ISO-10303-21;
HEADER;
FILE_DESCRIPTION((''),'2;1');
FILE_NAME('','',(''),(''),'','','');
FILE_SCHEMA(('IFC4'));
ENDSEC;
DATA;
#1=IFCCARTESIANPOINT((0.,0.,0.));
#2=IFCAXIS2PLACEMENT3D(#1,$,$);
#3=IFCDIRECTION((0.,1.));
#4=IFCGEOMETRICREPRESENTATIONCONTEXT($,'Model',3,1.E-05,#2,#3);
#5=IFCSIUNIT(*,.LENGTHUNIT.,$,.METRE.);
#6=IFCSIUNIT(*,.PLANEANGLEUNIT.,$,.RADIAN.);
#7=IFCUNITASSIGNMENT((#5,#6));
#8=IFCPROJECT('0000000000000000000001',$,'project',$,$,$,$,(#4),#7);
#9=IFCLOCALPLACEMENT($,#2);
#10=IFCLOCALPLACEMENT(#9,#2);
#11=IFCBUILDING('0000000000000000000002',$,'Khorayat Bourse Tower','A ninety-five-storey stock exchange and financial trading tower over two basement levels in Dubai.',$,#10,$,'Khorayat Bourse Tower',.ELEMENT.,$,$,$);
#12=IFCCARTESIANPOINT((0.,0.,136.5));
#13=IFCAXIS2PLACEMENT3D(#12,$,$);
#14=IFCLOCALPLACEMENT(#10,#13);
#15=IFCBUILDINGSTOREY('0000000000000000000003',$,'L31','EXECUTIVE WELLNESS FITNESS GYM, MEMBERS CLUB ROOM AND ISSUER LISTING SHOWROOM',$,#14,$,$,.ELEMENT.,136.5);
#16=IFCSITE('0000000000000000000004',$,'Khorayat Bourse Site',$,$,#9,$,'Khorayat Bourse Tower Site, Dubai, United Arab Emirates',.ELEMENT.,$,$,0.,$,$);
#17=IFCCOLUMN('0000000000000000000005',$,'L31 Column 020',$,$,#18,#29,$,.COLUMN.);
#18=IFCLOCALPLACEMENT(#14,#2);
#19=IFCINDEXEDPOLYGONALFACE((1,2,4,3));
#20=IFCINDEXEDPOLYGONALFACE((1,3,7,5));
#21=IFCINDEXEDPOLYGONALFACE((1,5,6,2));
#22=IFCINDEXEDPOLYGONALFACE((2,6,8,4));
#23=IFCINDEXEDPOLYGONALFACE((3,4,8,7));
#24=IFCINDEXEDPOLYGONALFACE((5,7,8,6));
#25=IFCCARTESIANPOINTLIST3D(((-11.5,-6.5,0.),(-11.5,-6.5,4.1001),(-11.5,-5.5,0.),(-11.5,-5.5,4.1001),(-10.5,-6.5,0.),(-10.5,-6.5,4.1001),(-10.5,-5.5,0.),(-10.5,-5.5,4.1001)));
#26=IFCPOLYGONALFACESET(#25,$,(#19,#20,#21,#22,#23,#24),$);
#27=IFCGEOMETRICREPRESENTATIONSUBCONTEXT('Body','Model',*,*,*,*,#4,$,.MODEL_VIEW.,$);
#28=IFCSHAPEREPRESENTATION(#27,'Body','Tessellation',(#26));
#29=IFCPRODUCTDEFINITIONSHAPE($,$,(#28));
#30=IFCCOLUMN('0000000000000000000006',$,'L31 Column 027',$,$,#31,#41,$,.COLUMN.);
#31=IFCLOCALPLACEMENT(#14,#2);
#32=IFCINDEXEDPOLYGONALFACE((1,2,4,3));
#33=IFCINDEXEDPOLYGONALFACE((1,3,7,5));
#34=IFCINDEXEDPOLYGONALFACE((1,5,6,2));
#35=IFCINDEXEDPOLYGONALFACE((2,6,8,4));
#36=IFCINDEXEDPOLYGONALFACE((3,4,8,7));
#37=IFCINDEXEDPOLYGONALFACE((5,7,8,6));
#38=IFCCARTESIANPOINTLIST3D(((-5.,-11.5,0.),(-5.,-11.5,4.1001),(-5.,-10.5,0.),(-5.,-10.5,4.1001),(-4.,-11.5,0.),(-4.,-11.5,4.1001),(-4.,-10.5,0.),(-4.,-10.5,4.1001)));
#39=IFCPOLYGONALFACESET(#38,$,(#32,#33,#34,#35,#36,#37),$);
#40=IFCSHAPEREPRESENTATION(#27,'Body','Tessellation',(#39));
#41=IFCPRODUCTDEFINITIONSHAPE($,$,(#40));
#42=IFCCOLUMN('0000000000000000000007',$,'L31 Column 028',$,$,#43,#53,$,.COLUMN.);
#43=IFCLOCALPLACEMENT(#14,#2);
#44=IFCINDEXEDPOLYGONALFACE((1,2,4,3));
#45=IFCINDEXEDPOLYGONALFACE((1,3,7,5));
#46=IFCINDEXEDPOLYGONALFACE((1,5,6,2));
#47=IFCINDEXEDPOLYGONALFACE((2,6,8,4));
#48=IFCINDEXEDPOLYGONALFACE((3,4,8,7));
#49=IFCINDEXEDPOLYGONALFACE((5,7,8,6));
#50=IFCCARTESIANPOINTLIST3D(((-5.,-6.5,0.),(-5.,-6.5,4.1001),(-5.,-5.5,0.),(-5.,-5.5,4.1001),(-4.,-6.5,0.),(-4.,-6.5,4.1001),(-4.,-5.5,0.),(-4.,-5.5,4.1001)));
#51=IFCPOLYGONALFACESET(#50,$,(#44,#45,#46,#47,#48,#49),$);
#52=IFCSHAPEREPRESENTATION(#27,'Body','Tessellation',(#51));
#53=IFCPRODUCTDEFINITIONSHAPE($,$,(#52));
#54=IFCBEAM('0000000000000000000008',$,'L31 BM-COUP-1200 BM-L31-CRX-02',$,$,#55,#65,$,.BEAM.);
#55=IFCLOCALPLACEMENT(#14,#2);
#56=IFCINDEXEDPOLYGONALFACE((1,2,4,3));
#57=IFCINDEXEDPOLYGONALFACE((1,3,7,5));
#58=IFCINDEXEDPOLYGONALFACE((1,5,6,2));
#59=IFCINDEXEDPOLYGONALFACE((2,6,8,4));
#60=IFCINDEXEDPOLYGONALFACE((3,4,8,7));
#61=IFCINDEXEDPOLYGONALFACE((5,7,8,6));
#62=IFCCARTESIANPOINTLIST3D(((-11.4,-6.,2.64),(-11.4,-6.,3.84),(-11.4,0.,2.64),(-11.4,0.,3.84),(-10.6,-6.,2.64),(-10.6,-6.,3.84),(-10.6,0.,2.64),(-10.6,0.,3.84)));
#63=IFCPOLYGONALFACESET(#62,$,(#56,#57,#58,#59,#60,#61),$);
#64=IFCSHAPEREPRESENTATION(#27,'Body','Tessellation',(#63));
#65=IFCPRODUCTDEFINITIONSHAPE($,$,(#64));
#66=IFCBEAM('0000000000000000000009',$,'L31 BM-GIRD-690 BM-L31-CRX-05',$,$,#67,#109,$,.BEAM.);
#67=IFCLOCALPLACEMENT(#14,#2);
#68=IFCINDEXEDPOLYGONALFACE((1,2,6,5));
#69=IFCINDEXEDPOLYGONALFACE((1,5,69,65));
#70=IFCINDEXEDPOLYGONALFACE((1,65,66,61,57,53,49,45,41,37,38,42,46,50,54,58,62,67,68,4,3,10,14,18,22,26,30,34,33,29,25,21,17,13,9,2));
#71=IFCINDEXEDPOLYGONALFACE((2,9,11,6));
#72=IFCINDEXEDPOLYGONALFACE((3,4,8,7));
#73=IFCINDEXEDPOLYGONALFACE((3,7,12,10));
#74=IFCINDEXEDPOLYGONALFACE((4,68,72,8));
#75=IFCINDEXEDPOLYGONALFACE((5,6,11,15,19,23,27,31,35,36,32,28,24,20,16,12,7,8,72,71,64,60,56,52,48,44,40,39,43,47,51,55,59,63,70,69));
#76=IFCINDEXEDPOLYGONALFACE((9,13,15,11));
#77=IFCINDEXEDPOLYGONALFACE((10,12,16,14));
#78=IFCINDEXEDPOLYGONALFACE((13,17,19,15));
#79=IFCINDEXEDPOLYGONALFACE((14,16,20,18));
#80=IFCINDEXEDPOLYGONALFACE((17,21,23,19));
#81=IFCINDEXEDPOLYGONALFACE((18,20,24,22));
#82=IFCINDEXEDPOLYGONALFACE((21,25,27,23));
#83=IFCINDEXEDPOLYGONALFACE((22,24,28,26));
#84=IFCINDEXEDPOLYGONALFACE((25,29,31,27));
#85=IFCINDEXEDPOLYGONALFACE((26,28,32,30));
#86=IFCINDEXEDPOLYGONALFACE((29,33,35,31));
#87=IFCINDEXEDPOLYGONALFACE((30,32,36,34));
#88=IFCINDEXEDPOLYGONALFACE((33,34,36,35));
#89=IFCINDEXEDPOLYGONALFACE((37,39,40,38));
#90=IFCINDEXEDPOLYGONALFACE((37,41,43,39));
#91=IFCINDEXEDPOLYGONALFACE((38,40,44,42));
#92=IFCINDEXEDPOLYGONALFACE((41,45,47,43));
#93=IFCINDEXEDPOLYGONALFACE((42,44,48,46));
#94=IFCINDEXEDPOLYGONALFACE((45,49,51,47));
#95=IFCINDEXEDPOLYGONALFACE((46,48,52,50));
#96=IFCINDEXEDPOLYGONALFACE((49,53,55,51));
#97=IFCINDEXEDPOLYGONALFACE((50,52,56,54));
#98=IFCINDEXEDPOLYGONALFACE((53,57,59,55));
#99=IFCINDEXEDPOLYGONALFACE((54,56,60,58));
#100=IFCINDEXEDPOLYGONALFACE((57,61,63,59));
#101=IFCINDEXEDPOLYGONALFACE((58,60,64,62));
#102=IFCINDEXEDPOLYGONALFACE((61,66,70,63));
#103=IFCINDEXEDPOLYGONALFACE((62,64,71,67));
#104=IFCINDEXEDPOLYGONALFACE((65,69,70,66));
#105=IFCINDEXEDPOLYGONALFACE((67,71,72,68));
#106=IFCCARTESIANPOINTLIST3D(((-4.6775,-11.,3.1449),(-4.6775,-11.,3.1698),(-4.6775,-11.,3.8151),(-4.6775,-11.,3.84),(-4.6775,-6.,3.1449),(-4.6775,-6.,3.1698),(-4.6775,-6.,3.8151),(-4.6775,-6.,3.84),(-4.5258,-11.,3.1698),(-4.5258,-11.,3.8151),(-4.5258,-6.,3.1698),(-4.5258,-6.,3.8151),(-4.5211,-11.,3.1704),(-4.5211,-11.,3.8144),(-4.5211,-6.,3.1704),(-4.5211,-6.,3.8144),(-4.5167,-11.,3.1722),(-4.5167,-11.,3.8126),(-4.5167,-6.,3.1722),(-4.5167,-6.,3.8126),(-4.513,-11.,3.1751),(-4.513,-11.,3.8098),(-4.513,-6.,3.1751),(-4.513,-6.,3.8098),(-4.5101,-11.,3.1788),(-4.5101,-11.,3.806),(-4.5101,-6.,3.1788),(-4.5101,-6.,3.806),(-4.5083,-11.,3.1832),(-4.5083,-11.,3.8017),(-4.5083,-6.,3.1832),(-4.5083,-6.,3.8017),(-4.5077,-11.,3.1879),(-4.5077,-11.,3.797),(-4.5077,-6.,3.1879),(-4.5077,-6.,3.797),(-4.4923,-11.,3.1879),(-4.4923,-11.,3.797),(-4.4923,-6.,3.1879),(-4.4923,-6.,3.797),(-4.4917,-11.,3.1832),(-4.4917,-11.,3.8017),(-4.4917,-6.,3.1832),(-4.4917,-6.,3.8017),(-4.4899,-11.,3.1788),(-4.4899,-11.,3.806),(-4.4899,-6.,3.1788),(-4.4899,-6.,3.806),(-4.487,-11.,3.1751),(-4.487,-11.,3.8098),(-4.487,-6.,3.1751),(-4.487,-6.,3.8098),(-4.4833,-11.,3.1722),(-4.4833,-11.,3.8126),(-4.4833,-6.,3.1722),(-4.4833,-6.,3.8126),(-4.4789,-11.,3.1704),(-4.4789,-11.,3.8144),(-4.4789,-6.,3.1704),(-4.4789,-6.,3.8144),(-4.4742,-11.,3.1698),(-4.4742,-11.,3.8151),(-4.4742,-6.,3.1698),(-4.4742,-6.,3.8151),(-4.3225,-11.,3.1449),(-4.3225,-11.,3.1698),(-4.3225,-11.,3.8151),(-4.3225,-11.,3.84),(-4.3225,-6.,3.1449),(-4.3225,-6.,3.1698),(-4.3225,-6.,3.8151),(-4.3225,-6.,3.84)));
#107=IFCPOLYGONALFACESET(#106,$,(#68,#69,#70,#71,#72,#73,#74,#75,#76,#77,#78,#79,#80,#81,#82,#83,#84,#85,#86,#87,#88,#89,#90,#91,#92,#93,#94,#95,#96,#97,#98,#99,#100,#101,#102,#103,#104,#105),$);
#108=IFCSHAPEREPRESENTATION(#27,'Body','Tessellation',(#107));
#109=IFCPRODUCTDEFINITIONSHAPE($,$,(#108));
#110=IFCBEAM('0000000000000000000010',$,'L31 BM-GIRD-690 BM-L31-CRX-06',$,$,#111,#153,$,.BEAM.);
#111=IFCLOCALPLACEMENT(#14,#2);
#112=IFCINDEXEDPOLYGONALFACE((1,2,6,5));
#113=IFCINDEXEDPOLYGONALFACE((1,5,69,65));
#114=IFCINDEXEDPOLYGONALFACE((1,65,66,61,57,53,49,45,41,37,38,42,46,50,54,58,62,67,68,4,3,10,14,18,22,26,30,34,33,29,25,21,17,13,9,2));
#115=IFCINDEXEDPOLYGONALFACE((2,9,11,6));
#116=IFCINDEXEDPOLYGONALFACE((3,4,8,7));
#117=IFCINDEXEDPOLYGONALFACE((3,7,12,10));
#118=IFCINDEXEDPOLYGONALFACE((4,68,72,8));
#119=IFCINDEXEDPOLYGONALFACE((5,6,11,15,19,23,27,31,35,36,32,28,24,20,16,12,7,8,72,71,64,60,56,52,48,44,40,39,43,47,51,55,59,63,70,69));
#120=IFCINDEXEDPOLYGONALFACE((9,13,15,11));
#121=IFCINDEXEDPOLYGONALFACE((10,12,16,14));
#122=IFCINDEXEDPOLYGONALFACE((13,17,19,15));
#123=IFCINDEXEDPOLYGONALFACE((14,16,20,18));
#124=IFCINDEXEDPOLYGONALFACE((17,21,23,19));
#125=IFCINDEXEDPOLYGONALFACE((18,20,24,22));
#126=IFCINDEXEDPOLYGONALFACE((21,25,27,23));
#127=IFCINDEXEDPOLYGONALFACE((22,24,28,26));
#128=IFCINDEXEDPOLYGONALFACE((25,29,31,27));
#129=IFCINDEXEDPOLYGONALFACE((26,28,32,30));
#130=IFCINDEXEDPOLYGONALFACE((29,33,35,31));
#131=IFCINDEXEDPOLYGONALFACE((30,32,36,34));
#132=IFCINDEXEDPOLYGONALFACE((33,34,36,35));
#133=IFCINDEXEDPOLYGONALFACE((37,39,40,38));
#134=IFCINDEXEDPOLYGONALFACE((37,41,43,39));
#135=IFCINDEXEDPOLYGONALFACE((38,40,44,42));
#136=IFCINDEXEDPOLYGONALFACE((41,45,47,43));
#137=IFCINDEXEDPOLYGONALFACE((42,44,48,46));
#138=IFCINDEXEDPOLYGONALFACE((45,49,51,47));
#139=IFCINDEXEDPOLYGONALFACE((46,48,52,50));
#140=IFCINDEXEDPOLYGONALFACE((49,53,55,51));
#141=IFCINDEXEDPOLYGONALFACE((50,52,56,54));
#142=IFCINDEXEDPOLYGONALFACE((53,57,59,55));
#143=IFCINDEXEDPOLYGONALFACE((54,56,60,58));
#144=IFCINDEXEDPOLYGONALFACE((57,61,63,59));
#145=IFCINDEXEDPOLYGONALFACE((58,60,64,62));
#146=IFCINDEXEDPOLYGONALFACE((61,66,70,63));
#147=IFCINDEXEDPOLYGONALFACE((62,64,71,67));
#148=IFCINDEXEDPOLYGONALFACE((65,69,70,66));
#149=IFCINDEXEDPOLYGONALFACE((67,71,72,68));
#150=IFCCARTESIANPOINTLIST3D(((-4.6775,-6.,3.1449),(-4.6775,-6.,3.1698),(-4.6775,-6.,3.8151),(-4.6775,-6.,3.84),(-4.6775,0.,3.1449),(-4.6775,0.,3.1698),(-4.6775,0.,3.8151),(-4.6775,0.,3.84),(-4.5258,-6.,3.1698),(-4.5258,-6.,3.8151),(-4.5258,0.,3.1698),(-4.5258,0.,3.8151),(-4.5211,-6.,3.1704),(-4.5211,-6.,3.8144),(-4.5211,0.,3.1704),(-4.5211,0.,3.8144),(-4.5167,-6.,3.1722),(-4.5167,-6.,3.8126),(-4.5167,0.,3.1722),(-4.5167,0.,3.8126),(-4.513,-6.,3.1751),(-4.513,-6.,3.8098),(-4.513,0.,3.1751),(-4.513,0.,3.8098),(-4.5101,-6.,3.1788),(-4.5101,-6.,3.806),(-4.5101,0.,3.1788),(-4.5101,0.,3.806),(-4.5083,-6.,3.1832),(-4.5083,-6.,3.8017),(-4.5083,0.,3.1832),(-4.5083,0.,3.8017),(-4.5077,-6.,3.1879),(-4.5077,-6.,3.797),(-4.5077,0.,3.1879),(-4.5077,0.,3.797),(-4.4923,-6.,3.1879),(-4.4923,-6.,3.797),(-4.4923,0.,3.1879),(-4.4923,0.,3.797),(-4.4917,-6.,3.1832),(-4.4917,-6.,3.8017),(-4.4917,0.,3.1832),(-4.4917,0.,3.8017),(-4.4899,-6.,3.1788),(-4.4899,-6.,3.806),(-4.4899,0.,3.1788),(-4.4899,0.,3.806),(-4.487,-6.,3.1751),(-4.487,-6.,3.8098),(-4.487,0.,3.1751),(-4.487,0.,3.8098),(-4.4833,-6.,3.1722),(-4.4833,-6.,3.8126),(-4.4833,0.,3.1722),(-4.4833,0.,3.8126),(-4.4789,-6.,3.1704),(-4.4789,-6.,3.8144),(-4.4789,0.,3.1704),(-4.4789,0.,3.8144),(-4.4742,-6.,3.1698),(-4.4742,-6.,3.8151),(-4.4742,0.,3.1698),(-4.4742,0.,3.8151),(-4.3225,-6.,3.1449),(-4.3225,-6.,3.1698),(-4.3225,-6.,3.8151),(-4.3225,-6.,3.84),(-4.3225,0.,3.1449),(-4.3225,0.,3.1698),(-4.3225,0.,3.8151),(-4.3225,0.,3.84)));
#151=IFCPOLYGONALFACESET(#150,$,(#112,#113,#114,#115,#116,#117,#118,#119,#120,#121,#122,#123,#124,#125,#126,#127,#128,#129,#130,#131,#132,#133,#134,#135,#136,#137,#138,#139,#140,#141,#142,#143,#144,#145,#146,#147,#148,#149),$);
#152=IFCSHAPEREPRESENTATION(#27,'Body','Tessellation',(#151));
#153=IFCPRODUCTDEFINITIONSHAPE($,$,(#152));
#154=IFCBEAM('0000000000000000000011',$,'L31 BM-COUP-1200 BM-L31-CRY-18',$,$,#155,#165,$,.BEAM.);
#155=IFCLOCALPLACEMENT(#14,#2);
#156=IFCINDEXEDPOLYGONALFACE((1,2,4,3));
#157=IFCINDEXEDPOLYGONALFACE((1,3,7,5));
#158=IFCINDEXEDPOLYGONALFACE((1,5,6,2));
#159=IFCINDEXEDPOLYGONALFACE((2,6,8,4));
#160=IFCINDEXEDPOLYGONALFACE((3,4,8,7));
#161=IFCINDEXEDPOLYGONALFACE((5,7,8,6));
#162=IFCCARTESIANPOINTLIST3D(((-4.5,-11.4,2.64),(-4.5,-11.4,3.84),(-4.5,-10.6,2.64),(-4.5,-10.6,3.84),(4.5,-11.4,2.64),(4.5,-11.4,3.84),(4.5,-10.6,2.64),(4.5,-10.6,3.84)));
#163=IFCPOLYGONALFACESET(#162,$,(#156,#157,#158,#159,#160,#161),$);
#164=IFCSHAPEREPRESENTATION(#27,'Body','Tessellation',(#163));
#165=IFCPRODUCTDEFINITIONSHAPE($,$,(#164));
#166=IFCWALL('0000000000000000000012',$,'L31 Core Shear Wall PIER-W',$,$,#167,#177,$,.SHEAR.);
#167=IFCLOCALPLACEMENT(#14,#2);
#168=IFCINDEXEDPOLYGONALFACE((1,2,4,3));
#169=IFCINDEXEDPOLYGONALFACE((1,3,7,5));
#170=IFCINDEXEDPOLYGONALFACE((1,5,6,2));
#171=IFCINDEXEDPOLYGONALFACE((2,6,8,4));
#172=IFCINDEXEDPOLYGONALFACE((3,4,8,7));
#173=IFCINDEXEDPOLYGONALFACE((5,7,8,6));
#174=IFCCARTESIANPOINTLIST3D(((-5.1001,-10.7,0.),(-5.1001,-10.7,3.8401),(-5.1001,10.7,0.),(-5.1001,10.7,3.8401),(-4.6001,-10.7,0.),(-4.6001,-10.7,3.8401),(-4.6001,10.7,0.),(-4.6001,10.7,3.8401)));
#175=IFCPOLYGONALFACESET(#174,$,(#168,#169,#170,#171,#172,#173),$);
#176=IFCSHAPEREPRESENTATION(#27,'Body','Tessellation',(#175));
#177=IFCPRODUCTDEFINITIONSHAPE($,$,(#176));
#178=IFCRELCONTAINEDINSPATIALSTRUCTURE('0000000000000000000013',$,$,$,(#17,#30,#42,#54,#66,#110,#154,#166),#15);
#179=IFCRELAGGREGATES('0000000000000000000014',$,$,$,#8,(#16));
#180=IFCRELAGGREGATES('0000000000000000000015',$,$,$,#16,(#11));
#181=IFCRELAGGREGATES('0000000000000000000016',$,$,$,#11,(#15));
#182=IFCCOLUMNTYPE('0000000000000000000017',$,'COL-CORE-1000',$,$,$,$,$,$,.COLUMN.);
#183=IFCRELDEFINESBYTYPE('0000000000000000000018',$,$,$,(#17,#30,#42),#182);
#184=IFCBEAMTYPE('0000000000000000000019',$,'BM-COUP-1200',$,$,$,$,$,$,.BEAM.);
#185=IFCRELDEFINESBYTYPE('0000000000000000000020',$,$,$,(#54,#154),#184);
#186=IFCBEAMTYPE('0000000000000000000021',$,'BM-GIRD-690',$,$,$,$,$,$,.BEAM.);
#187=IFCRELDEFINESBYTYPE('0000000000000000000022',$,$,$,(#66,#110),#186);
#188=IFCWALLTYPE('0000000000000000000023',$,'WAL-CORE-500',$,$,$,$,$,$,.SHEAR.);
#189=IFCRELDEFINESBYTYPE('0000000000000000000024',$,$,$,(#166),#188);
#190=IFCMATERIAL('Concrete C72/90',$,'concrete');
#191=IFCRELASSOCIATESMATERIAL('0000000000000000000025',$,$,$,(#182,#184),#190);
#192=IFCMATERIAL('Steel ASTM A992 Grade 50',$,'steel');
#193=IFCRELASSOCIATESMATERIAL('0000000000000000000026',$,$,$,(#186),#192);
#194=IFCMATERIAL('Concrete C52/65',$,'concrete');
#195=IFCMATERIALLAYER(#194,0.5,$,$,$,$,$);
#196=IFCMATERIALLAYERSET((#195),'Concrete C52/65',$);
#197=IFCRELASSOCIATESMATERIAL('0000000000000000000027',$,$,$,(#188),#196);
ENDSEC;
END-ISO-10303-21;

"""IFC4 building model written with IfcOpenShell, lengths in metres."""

from ifc_helpers import new_model, si_unit, direction, frame, frame_2d, origin, origin_2d, place, context, subcontext, project, spatial, rectangle, i_section, extrude, source, transform, mapped, material, layer, layer_set, material_profile, profile_set, type_object, element, save


model = new_model("IFC4")

# Units and contexts
model_context = context("Model", 3, precision=1e-05, world=origin(), true_north=direction((0.0, 1.0)))
body_context = subcontext(model_context, "Body", "Model", "MODEL_VIEW")
ifc_project = project(units=[si_unit("LENGTHUNIT", "METRE"), si_unit("PLANEANGLEUNIT", "RADIAN")], contexts=[model_context])

# Site, building, storey
site_placement = place(None, origin())
site = spatial("IfcSite", under=ifc_project, at=site_placement, Name="Khorayat Bourse Site", LongName="Khorayat Bourse Tower Site, Dubai, United Arab Emirates", CompositionType="ELEMENT", RefElevation=0.0)
building_placement = place(site_placement, origin())
building = spatial("IfcBuilding", under=site, at=building_placement, Name="Khorayat Bourse Tower", Description="A ninety-five-storey stock exchange and financial trading tower over two basement levels in Dubai.", LongName="Khorayat Bourse Tower", CompositionType="ELEMENT")
storey_placement = place(building_placement, frame((0.0, 0.0, 136.5)))
storey = spatial("IfcBuildingStorey", under=building, at=storey_placement, Name="L31", Description="EXECUTIVE WELLNESS FITNESS GYM, MEMBERS CLUB ROOM AND ISSUER LISTING SHOWROOM", CompositionType="ELEMENT", Elevation=136.5)

# Columns
ifc_material_1 = material(Name="Concrete C72/90", Category="concrete")
ifc_material_profile_1 = material_profile(ifc_material_1, rectangle(XDim=1.0, YDim=1.0, at=origin_2d()), Name="RC 1000x1000")
ifc_profile_set_1 = profile_set([ifc_material_profile_1], Name="Concrete C72/90")
column_type = type_object("IfcColumnType", Name="COL-CORE-1000", PredefinedType="COLUMN", material=ifc_profile_set_1)
shared_shape_1 = source(origin(), body_context, "Body", "SweptSolid", [
    extrude(rectangle(XDim=1.0, YDim=1.0, at=origin_2d()), origin(), (0.0, 0.0, 1.0), 4.1001),
])
for number, where, z_axis, x_axis, name in (
    (1, (-11.0, -6.0, 0.0), (0.0, 0.0, 1.0), (1.0, 0.0, 0.0), "L31 Column 020"),
    (2, (-4.5, -11.0, 0.0), (0.0, 0.0, 1.0), (1.0, 0.0, 0.0), "L31 Column 027"),
    (3, (-4.5, -6.0, 0.0), (0.0, 0.0, 1.0), (1.0, 0.0, 0.0), "L31 Column 028"),
):
    element("IfcColumn", number, at=place(storey_placement, frame(where, z_axis=z_axis, x_axis=x_axis)), inside=storey, type_object=column_type, Name=name, PredefinedType="COLUMN", context=body_context, shape_type="MappedRepresentation", body=[
        mapped(shared_shape_1, transform((0.0, 0.0, 0.0), scale=1.0)),
    ])

# Beams
ifc_material_profile_2 = material_profile(ifc_material_1, rectangle(XDim=0.8, YDim=1.2, at=origin_2d()), Name="RC 800x1200")
ifc_profile_set_2 = profile_set([ifc_material_profile_2], Name="Concrete C72/90")
beam_type_1 = type_object("IfcBeamType", Name="BM-COUP-1200", PredefinedType="BEAM", material=ifc_profile_set_2)
shared_shape_2 = source(origin(), body_context, "Body", "SweptSolid", [
    extrude(rectangle(XDim=0.8, YDim=1.2, at=origin_2d()), origin(), (0.0, 0.0, 1.0), 6.0),
])
beam_1_placement = place(storey_placement, frame((-11.0, -6.0, 3.24), z_axis=(0.0, 1.0, 0.0), x_axis=(-1.0, 0.0, 0.0)))
element("IfcBeam", 4, at=beam_1_placement, inside=storey, type_object=beam_type_1, Name="L31 BM-COUP-1200 BM-L31-CRX-02", PredefinedType="BEAM", context=body_context, shape_type="MappedRepresentation", body=[
    mapped(shared_shape_2, transform((0.0, 0.0, 0.0), scale=1.0)),
])
ifc_material_2 = material(Name="Steel ASTM A992 Grade 50", Category="steel")
ifc_material_profile_3 = material_profile(ifc_material_2, i_section(OverallWidth=0.355, OverallDepth=0.6951, WebThickness=0.0154, FlangeThickness=0.0249, FilletRadius=0.0181, at=origin_2d()), Name="W690X217")
ifc_profile_set_3 = profile_set([ifc_material_profile_3], Name="Steel ASTM A992 Grade 50")
beam_type_2 = type_object("IfcBeamType", Name="BM-GIRD-690", PredefinedType="BEAM", material=ifc_profile_set_3)
shared_shape_3 = source(origin(), body_context, "Body", "SweptSolid", [
    extrude(i_section(OverallWidth=0.355, OverallDepth=0.6951, WebThickness=0.0154, FlangeThickness=0.0249, FilletRadius=0.0181, at=origin_2d()), origin(), (0.0, 0.0, 1.0), 5.0),
])
beam_2_placement = place(storey_placement, frame((-4.5, -11.0, 3.4924), z_axis=(0.0, 1.0, 0.0), x_axis=(-1.0, 0.0, 0.0)))
element("IfcBeam", 5, at=beam_2_placement, inside=storey, type_object=beam_type_2, Name="L31 BM-GIRD-690 BM-L31-CRX-05", PredefinedType="BEAM", context=body_context, shape_type="MappedRepresentation", body=[
    mapped(shared_shape_3, transform((0.0, 0.0, 0.0), scale=1.0)),
])
shared_shape_4 = source(origin(), body_context, "Body", "SweptSolid", [
    extrude(i_section(OverallWidth=0.355, OverallDepth=0.6951, WebThickness=0.0154, FlangeThickness=0.0249, FilletRadius=0.0181, at=origin_2d()), origin(), (0.0, 0.0, 1.0), 6.0),
])
beam_3_placement = place(storey_placement, frame((-4.5, -6.0, 3.4924), z_axis=(0.0, 1.0, 0.0), x_axis=(-1.0, 0.0, 0.0)))
element("IfcBeam", 6, at=beam_3_placement, inside=storey, type_object=beam_type_2, Name="L31 BM-GIRD-690 BM-L31-CRX-06", PredefinedType="BEAM", context=body_context, shape_type="MappedRepresentation", body=[
    mapped(shared_shape_4, transform((0.0, 0.0, 0.0), scale=1.0)),
])
shared_shape_5 = source(origin(), body_context, "Body", "SweptSolid", [
    extrude(rectangle(XDim=0.8, YDim=1.2, at=origin_2d()), origin(), (0.0, 0.0, 1.0), 9.0),
])
beam_4_placement = place(storey_placement, frame((-4.5, -11.0, 3.24), z_axis=(1.0, 0.0, 0.0), x_axis=(0.0, 1.0, 0.0)))
element("IfcBeam", 7, at=beam_4_placement, inside=storey, type_object=beam_type_1, Name="L31 BM-COUP-1200 BM-L31-CRY-18", PredefinedType="BEAM", context=body_context, shape_type="MappedRepresentation", body=[
    mapped(shared_shape_5, transform((0.0, 0.0, 0.0), scale=1.0)),
])

# Wall
ifc_material_3 = material(Name="Concrete C52/65", Category="concrete")
ifc_layer_1 = layer(ifc_material_3, 0.5)
ifc_layer_set_1 = layer_set([ifc_layer_1], Name="Concrete C52/65")
wall_type_1 = type_object("IfcWallType", Name="WAL-CORE-500", PredefinedType="SHEAR", material=ifc_layer_set_1)
shared_shape_6 = source(origin(), body_context, "Body", "SweptSolid", [
    extrude(rectangle(XDim=21.3999, YDim=0.5, at=frame_2d((10.7, 0.0))), origin(), (0.0, 0.0, 1.0), 3.8401),
])
wall_1_placement = place(storey_placement, frame((-4.8501, -10.7, 0.0), z_axis=(0.0, 0.0, 1.0), x_axis=(0.0, 1.0, 0.0)))
element("IfcWall", 8, at=wall_1_placement, inside=storey, type_object=wall_type_1, Name="L31 Core Shear Wall PIER-W", PredefinedType="SHEAR", context=body_context, shape_type="MappedRepresentation", body=[
    mapped(shared_shape_6, transform((0.0, 0.0, 0.0), scale=1.0)),
])

save(model, "model.ifc")
